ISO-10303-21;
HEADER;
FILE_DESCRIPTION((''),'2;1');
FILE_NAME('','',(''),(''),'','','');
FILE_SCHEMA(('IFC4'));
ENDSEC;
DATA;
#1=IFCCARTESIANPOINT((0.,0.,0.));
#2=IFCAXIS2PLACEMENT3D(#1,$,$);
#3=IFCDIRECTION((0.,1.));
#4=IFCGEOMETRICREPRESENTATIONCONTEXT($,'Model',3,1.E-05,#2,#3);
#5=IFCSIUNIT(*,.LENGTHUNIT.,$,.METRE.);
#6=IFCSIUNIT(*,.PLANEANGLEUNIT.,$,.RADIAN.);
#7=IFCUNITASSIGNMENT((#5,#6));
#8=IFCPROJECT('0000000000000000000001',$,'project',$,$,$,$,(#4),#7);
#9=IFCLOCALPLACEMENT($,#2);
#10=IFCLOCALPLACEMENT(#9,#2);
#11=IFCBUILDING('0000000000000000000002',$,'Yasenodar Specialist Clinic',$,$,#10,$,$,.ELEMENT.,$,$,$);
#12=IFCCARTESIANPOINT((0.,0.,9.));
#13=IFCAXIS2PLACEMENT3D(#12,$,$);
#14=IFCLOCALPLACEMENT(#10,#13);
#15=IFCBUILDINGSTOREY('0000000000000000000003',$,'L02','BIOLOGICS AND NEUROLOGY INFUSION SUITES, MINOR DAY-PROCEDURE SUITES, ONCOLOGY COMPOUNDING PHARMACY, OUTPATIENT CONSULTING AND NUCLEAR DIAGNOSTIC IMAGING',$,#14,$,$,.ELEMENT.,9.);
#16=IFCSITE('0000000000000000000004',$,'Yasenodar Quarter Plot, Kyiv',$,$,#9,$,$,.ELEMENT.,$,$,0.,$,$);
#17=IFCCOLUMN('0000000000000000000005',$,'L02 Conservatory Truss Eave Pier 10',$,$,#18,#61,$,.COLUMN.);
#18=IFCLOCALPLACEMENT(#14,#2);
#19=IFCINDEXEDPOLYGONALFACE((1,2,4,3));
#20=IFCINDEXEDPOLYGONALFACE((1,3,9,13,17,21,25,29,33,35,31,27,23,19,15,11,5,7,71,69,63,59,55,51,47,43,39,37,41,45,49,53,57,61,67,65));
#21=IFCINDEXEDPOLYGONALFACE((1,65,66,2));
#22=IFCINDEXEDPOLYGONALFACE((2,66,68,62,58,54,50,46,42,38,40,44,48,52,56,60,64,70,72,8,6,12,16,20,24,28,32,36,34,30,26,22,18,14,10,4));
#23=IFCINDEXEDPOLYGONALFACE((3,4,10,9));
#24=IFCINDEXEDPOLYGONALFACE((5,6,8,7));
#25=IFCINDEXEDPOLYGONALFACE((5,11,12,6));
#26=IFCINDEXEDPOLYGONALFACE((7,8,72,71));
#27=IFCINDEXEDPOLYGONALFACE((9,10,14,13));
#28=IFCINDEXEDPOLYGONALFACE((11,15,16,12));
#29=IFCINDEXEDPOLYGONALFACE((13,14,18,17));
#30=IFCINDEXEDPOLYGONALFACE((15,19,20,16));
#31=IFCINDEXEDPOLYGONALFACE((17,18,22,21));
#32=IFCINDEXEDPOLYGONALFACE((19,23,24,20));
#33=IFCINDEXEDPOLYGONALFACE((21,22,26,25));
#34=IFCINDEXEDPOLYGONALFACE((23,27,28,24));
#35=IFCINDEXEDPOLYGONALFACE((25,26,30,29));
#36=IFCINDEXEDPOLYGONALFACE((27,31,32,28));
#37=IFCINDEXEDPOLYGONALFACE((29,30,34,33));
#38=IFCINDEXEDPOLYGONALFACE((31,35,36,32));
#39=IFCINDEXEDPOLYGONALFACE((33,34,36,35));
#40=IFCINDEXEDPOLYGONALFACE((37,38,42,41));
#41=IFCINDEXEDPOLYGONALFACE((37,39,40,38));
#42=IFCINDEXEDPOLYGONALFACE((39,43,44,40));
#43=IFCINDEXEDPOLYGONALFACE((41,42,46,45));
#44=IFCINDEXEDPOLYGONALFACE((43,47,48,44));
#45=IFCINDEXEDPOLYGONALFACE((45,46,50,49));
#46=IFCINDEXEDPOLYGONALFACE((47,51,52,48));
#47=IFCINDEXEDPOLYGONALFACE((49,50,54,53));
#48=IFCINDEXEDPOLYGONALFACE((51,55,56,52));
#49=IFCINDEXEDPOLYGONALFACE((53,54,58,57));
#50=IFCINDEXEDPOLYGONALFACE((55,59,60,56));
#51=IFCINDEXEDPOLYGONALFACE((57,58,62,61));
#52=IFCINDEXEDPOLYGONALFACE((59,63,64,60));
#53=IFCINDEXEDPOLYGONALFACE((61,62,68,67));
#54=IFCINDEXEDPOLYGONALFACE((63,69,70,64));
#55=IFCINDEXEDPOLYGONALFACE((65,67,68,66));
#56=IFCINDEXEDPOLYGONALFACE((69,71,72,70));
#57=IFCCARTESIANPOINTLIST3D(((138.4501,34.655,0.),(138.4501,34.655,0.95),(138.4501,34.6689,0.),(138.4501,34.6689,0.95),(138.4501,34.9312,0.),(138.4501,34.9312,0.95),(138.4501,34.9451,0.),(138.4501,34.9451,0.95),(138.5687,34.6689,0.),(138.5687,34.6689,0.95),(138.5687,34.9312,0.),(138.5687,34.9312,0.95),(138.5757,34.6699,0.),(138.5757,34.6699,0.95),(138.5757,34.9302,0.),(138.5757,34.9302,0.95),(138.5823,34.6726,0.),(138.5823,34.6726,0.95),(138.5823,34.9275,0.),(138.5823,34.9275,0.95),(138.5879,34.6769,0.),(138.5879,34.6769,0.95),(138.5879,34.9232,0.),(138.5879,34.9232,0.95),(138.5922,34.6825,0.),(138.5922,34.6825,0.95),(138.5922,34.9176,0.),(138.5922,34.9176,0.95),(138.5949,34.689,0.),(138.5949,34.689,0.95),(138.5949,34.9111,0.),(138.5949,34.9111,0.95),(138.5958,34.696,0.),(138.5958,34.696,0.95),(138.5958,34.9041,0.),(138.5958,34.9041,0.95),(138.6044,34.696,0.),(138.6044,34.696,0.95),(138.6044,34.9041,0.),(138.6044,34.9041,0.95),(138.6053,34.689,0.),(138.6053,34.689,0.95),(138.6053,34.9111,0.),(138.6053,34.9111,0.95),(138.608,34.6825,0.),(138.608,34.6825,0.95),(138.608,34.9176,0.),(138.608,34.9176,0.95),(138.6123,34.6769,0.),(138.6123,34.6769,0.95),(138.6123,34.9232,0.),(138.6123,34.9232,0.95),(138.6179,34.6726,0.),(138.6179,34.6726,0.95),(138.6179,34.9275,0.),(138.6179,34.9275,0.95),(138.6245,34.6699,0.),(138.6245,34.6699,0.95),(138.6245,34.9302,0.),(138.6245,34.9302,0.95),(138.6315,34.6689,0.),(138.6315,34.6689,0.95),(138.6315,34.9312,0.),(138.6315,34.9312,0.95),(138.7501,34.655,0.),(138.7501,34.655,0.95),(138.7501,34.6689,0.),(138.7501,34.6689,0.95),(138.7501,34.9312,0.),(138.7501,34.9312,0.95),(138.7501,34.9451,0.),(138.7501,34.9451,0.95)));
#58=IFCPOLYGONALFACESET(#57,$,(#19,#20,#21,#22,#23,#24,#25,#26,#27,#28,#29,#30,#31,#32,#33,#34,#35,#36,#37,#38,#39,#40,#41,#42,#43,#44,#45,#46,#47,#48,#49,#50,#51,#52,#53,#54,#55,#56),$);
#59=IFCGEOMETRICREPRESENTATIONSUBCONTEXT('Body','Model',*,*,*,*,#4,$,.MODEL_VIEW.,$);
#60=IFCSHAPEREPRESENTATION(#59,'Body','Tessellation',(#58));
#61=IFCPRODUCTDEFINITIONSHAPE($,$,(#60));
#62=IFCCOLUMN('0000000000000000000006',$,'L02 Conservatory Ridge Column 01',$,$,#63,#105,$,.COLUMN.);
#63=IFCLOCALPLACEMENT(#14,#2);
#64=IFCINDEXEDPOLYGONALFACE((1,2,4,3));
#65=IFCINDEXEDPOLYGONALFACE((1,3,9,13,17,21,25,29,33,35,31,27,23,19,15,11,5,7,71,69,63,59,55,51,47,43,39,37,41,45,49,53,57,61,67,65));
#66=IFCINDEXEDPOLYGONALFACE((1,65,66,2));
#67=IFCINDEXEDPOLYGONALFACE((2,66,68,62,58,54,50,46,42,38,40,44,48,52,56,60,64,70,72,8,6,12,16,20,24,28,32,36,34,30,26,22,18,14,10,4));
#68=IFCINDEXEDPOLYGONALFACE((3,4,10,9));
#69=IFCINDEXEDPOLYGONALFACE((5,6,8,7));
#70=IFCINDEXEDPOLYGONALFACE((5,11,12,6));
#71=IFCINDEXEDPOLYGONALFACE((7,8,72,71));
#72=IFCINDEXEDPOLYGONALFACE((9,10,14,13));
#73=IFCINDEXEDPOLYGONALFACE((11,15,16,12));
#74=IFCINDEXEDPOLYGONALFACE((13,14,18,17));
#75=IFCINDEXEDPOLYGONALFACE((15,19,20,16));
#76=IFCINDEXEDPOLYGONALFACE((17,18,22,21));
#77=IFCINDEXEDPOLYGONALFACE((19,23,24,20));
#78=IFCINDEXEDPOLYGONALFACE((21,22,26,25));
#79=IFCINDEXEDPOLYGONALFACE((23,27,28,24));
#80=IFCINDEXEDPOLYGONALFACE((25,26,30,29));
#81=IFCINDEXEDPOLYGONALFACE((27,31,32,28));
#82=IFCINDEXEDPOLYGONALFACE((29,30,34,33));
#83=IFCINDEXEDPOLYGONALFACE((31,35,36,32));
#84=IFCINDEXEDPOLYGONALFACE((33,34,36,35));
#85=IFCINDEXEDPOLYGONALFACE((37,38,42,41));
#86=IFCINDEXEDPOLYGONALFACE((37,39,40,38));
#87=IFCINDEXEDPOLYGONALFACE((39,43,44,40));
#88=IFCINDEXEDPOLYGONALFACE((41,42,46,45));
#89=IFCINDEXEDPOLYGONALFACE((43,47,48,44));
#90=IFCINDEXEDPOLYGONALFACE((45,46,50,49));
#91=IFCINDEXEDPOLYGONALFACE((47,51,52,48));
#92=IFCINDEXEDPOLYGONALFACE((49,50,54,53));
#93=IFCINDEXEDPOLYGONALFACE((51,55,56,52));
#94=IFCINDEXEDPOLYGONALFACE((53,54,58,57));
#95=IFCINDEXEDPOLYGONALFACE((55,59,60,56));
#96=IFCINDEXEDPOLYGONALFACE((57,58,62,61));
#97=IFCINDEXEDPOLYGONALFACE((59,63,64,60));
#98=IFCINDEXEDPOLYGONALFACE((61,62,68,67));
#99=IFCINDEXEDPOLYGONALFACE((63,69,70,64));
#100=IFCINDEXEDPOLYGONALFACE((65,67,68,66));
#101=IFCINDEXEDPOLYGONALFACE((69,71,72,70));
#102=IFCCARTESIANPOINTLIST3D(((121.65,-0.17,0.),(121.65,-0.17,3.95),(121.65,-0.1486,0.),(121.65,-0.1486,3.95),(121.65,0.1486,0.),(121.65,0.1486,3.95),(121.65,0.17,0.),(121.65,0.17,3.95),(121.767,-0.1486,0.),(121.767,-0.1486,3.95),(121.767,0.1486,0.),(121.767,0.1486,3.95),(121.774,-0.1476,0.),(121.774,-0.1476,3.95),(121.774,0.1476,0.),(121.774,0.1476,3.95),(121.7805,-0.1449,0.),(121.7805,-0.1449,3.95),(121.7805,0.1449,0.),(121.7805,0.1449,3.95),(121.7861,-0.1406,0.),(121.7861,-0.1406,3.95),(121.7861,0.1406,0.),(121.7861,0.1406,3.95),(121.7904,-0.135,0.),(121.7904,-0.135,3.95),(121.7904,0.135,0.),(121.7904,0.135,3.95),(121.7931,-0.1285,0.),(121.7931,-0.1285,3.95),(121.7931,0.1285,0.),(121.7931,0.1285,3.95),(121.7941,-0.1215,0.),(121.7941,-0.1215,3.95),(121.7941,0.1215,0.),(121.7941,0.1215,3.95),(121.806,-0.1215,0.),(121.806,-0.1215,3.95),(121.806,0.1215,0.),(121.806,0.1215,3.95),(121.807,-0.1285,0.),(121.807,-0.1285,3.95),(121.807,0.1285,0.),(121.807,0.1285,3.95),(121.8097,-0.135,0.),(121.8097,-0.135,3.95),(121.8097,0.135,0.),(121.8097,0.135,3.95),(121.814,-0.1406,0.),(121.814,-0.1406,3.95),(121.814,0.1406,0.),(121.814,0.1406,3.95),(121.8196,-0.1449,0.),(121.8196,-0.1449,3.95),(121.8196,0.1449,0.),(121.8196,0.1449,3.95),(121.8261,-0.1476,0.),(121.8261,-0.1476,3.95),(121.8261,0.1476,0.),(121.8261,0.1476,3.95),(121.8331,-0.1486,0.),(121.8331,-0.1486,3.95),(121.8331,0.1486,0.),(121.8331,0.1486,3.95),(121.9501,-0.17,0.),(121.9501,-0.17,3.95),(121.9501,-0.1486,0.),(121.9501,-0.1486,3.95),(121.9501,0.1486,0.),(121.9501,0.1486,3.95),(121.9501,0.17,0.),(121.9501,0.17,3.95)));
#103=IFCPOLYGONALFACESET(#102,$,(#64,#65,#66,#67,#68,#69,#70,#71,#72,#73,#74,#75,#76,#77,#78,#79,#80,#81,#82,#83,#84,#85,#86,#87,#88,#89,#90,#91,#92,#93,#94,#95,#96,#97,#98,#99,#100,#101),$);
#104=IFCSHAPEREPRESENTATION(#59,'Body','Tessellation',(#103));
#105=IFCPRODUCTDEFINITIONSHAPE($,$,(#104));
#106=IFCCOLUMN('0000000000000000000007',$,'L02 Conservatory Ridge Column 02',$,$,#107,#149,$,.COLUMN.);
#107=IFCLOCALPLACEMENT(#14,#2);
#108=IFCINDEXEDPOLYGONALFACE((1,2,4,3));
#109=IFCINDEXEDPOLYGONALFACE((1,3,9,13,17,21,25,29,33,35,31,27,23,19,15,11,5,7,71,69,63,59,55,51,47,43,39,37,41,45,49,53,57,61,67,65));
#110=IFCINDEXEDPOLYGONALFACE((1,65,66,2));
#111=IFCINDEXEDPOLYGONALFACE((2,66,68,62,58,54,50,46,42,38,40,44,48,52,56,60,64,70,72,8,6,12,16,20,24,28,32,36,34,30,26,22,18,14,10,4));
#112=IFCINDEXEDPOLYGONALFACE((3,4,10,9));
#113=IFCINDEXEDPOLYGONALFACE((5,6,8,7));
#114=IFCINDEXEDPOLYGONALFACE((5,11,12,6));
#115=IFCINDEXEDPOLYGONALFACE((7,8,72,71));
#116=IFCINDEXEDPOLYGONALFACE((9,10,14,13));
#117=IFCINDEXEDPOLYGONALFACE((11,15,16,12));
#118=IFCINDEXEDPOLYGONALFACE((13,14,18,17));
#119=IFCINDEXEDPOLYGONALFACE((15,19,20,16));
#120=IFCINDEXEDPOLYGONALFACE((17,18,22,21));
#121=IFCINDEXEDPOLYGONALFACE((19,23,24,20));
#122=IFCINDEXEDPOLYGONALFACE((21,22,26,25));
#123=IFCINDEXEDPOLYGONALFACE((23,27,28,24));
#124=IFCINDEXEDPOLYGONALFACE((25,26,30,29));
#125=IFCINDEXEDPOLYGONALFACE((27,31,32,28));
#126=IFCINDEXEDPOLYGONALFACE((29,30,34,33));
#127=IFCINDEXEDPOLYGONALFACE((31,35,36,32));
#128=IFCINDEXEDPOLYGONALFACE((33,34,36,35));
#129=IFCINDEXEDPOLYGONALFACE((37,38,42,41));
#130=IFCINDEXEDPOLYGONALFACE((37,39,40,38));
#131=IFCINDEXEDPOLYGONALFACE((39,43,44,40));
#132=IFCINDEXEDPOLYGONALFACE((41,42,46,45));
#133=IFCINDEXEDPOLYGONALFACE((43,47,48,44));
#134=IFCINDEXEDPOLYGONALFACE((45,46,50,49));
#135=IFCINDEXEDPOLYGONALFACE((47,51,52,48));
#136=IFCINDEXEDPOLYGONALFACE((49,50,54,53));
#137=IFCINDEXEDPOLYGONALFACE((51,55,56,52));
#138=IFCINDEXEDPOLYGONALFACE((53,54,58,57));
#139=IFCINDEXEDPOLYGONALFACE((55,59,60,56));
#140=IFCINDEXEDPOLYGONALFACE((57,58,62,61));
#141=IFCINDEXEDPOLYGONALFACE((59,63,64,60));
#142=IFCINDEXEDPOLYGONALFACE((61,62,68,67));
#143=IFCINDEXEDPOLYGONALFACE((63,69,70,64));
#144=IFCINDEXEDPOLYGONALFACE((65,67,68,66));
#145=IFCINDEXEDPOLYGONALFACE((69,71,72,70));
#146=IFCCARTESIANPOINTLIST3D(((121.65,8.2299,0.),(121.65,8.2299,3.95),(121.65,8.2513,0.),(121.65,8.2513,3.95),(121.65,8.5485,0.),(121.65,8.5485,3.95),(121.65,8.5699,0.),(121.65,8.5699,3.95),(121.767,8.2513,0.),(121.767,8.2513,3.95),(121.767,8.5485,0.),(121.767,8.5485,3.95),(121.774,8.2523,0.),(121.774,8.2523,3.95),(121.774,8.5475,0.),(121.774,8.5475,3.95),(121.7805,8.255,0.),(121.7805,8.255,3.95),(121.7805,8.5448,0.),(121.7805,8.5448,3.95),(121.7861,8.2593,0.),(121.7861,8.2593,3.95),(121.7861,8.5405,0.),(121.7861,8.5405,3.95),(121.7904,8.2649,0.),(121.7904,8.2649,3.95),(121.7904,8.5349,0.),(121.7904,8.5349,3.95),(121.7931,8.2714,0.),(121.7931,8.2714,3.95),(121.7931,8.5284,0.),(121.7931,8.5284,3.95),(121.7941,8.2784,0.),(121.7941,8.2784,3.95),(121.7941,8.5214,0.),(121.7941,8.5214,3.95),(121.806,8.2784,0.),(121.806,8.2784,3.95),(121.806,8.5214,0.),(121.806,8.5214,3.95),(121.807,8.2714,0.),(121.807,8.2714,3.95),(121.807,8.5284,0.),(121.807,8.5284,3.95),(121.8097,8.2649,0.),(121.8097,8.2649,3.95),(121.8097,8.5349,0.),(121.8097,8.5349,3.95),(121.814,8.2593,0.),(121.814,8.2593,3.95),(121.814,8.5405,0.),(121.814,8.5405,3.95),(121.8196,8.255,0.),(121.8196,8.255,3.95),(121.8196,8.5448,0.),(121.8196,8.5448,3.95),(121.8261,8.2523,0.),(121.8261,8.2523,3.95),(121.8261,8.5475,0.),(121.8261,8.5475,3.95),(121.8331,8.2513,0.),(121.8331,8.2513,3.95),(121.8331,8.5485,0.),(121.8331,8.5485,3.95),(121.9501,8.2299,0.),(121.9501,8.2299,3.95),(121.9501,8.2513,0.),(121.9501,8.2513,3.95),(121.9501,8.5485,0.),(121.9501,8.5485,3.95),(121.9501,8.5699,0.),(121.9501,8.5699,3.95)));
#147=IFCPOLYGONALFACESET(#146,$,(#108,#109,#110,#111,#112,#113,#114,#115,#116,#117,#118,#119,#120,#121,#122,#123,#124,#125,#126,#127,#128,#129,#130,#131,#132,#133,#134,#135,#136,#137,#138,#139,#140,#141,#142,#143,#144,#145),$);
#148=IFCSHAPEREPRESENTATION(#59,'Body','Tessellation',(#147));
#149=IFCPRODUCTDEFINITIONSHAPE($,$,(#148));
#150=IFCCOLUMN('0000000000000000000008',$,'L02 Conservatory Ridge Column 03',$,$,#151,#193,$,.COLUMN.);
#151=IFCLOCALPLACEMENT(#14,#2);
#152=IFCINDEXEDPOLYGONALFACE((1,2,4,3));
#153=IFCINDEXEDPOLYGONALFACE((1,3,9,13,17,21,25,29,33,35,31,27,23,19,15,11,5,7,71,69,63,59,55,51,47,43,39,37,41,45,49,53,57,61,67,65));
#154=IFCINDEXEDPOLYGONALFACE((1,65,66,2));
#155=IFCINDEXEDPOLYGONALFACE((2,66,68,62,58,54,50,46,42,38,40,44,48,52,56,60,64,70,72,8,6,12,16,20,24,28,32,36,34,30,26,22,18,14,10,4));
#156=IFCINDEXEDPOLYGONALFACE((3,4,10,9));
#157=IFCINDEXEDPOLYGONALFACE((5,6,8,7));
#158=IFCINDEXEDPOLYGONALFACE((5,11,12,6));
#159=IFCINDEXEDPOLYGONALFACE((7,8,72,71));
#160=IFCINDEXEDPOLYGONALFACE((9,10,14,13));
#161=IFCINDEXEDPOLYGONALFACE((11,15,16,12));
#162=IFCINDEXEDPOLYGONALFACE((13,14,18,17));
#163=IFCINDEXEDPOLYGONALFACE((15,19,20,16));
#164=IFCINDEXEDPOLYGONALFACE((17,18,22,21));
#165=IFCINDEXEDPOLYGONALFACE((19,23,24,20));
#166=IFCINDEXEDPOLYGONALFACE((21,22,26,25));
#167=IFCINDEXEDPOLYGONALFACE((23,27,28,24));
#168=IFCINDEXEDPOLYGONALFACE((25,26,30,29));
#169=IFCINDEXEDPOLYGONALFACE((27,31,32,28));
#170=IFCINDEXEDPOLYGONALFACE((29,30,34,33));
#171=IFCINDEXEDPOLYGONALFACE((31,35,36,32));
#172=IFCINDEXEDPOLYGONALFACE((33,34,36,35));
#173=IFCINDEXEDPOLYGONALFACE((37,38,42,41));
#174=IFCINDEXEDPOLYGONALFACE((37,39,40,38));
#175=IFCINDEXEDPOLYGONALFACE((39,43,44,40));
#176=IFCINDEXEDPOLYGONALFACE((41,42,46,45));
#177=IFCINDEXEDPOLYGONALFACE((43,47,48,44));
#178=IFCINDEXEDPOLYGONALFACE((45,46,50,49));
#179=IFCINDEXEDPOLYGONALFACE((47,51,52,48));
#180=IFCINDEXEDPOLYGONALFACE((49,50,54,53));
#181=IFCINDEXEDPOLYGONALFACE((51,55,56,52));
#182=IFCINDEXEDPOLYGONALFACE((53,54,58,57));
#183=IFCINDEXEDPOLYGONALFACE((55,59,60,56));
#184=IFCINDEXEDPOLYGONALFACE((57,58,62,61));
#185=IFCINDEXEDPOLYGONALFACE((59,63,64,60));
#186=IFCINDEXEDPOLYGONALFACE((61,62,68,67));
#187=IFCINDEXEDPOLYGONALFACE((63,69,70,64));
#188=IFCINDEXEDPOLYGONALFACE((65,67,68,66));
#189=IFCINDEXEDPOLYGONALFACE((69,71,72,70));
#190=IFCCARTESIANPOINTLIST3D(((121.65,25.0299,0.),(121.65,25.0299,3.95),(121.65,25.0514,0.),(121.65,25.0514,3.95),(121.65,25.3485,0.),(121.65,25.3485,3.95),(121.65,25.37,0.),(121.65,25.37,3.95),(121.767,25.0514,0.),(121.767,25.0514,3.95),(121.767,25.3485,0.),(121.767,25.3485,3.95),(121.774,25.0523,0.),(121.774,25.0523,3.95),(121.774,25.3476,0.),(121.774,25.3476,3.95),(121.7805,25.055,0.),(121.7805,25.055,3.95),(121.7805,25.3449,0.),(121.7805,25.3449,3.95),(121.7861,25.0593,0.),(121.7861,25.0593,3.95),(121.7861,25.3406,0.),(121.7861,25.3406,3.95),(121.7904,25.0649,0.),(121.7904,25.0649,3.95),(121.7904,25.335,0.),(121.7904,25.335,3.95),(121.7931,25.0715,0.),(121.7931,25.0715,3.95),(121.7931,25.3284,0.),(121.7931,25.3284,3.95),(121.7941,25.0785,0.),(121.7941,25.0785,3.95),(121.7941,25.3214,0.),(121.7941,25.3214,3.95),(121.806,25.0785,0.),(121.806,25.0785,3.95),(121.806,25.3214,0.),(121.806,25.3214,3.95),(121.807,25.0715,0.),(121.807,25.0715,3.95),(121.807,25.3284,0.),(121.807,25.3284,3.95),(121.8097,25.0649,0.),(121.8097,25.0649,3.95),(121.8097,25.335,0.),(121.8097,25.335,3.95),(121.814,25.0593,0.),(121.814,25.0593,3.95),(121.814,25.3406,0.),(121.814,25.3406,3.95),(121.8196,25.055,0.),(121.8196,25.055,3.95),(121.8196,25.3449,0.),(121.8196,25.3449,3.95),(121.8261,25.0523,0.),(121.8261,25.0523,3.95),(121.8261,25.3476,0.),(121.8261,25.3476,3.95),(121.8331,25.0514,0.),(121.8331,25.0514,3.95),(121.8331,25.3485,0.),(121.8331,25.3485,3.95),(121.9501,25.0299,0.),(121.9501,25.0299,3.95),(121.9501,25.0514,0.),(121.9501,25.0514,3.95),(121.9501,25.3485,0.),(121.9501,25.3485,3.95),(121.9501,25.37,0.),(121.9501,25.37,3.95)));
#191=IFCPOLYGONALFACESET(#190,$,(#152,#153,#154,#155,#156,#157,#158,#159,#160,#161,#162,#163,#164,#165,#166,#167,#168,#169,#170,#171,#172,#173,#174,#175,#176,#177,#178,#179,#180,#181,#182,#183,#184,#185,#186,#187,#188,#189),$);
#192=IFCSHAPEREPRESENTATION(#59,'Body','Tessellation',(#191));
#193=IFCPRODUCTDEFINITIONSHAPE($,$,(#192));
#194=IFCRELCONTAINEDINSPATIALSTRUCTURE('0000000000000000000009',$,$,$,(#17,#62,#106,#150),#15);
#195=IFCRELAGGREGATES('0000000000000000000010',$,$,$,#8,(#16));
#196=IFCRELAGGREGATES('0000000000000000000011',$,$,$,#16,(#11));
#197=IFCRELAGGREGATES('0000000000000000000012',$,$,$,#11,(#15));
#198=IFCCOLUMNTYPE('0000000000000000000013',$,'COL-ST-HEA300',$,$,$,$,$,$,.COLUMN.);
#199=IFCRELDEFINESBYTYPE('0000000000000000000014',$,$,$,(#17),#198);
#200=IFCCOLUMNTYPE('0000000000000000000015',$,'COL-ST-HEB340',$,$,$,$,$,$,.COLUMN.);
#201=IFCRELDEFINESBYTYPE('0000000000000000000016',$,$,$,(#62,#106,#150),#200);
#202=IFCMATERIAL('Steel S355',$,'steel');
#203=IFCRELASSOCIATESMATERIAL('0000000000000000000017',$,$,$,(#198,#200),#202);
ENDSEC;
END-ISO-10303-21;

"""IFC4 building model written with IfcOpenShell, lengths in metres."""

from ifc_helpers import new_model, si_unit, direction, frame, origin, origin_2d, place, context, subcontext, project, spatial, i_section, extrude, material, material_profile, profile_set, type_object, element, save


model = new_model("IFC4")

# Units and contexts
model_context = context("Model", 3, precision=1e-05, world=origin(), true_north=direction((0.0, 1.0)))
body_context = subcontext(model_context, "Body", "Model", "MODEL_VIEW")
ifc_project = project(units=[si_unit("LENGTHUNIT", "METRE"), si_unit("PLANEANGLEUNIT", "RADIAN")], contexts=[model_context])

# Site, building, storey
site_placement = place(None, origin())
site = spatial("IfcSite", under=ifc_project, at=site_placement, Name="Yasenodar Quarter Plot, Kyiv", CompositionType="ELEMENT", RefElevation=0.0)
building_placement = place(site_placement, origin())
building = spatial("IfcBuilding", under=site, at=building_placement, Name="Yasenodar Specialist Clinic", CompositionType="ELEMENT")
storey_placement = place(building_placement, frame((0.0, 0.0, 9.0)))
storey = spatial("IfcBuildingStorey", under=building, at=storey_placement, Name="L02", Description="BIOLOGICS AND NEUROLOGY INFUSION SUITES, MINOR DAY-PROCEDURE SUITES, ONCOLOGY COMPOUNDING PHARMACY, OUTPATIENT CONSULTING AND NUCLEAR DIAGNOSTIC IMAGING", CompositionType="ELEMENT", Elevation=9.0)

# Columns
ifc_material = material(Name="Steel S355", Category="steel")
ifc_material_profile_1 = material_profile(ifc_material, i_section(OverallWidth=0.3, OverallDepth=0.29, WebThickness=0.0085, FlangeThickness=0.0139, FilletRadius=0.0271, at=origin_2d()), Name="HEA 300")
ifc_profile_set_1 = profile_set([ifc_material_profile_1], Name="Steel S355")
column_type_1 = type_object("IfcColumnType", Name="COL-ST-HEA300", PredefinedType="COLUMN", material=ifc_profile_set_1)
for number, where, z_axis, x_axis, name in (
    (1, (138.6001, 34.8, 0.0), (0.0, 0.0, 1.0), (1.0, 0.0, 0.0), "L02 Conservatory Truss Eave Pier 10"),
):
    element("IfcColumn", number, at=place(storey_placement, frame(where, z_axis=z_axis, x_axis=x_axis)), inside=storey, type_object=column_type_1, Name=name, PredefinedType="COLUMN", context=body_context, shape_type="SweptSolid", body=[
        extrude(i_section(OverallWidth=0.3, OverallDepth=0.29, WebThickness=0.0085, FlangeThickness=0.0139, FilletRadius=0.0271, at=origin_2d()), origin(), (0.0, 0.0, 1.0), 0.95),
    ])
ifc_material_profile_2 = material_profile(ifc_material, i_section(OverallWidth=0.3, OverallDepth=0.3401, WebThickness=0.012, FlangeThickness=0.0215, FilletRadius=0.0271, at=origin_2d()), Name="HEB 340")
ifc_profile_set_2 = profile_set([ifc_material_profile_2], Name="Steel S355")
column_type_2 = type_object("IfcColumnType", Name="COL-ST-HEB340", PredefinedType="COLUMN", material=ifc_profile_set_2)
for number, where, z_axis, x_axis, name in (
    (2, (121.8, 0.0, 0.0), (0.0, 0.0, 1.0), (1.0, 0.0, 0.0), "L02 Conservatory Ridge Column 01"),
    (3, (121.8, 8.3999, 0.0), (0.0, 0.0, 1.0), (1.0, 0.0, 0.0), "L02 Conservatory Ridge Column 02"),
    (4, (121.8, 25.2, 0.0), (0.0, 0.0, 1.0), (1.0, 0.0, 0.0), "L02 Conservatory Ridge Column 03"),
):
    element("IfcColumn", number, at=place(storey_placement, frame(where, z_axis=z_axis, x_axis=x_axis)), inside=storey, type_object=column_type_2, Name=name, PredefinedType="COLUMN", context=body_context, shape_type="SweptSolid", body=[
        extrude(i_section(OverallWidth=0.3, OverallDepth=0.3401, WebThickness=0.012, FlangeThickness=0.0215, FilletRadius=0.0271, at=origin_2d()), origin(), (0.0, 0.0, 1.0), 3.95),
    ])

save(model, "model.ifc")
